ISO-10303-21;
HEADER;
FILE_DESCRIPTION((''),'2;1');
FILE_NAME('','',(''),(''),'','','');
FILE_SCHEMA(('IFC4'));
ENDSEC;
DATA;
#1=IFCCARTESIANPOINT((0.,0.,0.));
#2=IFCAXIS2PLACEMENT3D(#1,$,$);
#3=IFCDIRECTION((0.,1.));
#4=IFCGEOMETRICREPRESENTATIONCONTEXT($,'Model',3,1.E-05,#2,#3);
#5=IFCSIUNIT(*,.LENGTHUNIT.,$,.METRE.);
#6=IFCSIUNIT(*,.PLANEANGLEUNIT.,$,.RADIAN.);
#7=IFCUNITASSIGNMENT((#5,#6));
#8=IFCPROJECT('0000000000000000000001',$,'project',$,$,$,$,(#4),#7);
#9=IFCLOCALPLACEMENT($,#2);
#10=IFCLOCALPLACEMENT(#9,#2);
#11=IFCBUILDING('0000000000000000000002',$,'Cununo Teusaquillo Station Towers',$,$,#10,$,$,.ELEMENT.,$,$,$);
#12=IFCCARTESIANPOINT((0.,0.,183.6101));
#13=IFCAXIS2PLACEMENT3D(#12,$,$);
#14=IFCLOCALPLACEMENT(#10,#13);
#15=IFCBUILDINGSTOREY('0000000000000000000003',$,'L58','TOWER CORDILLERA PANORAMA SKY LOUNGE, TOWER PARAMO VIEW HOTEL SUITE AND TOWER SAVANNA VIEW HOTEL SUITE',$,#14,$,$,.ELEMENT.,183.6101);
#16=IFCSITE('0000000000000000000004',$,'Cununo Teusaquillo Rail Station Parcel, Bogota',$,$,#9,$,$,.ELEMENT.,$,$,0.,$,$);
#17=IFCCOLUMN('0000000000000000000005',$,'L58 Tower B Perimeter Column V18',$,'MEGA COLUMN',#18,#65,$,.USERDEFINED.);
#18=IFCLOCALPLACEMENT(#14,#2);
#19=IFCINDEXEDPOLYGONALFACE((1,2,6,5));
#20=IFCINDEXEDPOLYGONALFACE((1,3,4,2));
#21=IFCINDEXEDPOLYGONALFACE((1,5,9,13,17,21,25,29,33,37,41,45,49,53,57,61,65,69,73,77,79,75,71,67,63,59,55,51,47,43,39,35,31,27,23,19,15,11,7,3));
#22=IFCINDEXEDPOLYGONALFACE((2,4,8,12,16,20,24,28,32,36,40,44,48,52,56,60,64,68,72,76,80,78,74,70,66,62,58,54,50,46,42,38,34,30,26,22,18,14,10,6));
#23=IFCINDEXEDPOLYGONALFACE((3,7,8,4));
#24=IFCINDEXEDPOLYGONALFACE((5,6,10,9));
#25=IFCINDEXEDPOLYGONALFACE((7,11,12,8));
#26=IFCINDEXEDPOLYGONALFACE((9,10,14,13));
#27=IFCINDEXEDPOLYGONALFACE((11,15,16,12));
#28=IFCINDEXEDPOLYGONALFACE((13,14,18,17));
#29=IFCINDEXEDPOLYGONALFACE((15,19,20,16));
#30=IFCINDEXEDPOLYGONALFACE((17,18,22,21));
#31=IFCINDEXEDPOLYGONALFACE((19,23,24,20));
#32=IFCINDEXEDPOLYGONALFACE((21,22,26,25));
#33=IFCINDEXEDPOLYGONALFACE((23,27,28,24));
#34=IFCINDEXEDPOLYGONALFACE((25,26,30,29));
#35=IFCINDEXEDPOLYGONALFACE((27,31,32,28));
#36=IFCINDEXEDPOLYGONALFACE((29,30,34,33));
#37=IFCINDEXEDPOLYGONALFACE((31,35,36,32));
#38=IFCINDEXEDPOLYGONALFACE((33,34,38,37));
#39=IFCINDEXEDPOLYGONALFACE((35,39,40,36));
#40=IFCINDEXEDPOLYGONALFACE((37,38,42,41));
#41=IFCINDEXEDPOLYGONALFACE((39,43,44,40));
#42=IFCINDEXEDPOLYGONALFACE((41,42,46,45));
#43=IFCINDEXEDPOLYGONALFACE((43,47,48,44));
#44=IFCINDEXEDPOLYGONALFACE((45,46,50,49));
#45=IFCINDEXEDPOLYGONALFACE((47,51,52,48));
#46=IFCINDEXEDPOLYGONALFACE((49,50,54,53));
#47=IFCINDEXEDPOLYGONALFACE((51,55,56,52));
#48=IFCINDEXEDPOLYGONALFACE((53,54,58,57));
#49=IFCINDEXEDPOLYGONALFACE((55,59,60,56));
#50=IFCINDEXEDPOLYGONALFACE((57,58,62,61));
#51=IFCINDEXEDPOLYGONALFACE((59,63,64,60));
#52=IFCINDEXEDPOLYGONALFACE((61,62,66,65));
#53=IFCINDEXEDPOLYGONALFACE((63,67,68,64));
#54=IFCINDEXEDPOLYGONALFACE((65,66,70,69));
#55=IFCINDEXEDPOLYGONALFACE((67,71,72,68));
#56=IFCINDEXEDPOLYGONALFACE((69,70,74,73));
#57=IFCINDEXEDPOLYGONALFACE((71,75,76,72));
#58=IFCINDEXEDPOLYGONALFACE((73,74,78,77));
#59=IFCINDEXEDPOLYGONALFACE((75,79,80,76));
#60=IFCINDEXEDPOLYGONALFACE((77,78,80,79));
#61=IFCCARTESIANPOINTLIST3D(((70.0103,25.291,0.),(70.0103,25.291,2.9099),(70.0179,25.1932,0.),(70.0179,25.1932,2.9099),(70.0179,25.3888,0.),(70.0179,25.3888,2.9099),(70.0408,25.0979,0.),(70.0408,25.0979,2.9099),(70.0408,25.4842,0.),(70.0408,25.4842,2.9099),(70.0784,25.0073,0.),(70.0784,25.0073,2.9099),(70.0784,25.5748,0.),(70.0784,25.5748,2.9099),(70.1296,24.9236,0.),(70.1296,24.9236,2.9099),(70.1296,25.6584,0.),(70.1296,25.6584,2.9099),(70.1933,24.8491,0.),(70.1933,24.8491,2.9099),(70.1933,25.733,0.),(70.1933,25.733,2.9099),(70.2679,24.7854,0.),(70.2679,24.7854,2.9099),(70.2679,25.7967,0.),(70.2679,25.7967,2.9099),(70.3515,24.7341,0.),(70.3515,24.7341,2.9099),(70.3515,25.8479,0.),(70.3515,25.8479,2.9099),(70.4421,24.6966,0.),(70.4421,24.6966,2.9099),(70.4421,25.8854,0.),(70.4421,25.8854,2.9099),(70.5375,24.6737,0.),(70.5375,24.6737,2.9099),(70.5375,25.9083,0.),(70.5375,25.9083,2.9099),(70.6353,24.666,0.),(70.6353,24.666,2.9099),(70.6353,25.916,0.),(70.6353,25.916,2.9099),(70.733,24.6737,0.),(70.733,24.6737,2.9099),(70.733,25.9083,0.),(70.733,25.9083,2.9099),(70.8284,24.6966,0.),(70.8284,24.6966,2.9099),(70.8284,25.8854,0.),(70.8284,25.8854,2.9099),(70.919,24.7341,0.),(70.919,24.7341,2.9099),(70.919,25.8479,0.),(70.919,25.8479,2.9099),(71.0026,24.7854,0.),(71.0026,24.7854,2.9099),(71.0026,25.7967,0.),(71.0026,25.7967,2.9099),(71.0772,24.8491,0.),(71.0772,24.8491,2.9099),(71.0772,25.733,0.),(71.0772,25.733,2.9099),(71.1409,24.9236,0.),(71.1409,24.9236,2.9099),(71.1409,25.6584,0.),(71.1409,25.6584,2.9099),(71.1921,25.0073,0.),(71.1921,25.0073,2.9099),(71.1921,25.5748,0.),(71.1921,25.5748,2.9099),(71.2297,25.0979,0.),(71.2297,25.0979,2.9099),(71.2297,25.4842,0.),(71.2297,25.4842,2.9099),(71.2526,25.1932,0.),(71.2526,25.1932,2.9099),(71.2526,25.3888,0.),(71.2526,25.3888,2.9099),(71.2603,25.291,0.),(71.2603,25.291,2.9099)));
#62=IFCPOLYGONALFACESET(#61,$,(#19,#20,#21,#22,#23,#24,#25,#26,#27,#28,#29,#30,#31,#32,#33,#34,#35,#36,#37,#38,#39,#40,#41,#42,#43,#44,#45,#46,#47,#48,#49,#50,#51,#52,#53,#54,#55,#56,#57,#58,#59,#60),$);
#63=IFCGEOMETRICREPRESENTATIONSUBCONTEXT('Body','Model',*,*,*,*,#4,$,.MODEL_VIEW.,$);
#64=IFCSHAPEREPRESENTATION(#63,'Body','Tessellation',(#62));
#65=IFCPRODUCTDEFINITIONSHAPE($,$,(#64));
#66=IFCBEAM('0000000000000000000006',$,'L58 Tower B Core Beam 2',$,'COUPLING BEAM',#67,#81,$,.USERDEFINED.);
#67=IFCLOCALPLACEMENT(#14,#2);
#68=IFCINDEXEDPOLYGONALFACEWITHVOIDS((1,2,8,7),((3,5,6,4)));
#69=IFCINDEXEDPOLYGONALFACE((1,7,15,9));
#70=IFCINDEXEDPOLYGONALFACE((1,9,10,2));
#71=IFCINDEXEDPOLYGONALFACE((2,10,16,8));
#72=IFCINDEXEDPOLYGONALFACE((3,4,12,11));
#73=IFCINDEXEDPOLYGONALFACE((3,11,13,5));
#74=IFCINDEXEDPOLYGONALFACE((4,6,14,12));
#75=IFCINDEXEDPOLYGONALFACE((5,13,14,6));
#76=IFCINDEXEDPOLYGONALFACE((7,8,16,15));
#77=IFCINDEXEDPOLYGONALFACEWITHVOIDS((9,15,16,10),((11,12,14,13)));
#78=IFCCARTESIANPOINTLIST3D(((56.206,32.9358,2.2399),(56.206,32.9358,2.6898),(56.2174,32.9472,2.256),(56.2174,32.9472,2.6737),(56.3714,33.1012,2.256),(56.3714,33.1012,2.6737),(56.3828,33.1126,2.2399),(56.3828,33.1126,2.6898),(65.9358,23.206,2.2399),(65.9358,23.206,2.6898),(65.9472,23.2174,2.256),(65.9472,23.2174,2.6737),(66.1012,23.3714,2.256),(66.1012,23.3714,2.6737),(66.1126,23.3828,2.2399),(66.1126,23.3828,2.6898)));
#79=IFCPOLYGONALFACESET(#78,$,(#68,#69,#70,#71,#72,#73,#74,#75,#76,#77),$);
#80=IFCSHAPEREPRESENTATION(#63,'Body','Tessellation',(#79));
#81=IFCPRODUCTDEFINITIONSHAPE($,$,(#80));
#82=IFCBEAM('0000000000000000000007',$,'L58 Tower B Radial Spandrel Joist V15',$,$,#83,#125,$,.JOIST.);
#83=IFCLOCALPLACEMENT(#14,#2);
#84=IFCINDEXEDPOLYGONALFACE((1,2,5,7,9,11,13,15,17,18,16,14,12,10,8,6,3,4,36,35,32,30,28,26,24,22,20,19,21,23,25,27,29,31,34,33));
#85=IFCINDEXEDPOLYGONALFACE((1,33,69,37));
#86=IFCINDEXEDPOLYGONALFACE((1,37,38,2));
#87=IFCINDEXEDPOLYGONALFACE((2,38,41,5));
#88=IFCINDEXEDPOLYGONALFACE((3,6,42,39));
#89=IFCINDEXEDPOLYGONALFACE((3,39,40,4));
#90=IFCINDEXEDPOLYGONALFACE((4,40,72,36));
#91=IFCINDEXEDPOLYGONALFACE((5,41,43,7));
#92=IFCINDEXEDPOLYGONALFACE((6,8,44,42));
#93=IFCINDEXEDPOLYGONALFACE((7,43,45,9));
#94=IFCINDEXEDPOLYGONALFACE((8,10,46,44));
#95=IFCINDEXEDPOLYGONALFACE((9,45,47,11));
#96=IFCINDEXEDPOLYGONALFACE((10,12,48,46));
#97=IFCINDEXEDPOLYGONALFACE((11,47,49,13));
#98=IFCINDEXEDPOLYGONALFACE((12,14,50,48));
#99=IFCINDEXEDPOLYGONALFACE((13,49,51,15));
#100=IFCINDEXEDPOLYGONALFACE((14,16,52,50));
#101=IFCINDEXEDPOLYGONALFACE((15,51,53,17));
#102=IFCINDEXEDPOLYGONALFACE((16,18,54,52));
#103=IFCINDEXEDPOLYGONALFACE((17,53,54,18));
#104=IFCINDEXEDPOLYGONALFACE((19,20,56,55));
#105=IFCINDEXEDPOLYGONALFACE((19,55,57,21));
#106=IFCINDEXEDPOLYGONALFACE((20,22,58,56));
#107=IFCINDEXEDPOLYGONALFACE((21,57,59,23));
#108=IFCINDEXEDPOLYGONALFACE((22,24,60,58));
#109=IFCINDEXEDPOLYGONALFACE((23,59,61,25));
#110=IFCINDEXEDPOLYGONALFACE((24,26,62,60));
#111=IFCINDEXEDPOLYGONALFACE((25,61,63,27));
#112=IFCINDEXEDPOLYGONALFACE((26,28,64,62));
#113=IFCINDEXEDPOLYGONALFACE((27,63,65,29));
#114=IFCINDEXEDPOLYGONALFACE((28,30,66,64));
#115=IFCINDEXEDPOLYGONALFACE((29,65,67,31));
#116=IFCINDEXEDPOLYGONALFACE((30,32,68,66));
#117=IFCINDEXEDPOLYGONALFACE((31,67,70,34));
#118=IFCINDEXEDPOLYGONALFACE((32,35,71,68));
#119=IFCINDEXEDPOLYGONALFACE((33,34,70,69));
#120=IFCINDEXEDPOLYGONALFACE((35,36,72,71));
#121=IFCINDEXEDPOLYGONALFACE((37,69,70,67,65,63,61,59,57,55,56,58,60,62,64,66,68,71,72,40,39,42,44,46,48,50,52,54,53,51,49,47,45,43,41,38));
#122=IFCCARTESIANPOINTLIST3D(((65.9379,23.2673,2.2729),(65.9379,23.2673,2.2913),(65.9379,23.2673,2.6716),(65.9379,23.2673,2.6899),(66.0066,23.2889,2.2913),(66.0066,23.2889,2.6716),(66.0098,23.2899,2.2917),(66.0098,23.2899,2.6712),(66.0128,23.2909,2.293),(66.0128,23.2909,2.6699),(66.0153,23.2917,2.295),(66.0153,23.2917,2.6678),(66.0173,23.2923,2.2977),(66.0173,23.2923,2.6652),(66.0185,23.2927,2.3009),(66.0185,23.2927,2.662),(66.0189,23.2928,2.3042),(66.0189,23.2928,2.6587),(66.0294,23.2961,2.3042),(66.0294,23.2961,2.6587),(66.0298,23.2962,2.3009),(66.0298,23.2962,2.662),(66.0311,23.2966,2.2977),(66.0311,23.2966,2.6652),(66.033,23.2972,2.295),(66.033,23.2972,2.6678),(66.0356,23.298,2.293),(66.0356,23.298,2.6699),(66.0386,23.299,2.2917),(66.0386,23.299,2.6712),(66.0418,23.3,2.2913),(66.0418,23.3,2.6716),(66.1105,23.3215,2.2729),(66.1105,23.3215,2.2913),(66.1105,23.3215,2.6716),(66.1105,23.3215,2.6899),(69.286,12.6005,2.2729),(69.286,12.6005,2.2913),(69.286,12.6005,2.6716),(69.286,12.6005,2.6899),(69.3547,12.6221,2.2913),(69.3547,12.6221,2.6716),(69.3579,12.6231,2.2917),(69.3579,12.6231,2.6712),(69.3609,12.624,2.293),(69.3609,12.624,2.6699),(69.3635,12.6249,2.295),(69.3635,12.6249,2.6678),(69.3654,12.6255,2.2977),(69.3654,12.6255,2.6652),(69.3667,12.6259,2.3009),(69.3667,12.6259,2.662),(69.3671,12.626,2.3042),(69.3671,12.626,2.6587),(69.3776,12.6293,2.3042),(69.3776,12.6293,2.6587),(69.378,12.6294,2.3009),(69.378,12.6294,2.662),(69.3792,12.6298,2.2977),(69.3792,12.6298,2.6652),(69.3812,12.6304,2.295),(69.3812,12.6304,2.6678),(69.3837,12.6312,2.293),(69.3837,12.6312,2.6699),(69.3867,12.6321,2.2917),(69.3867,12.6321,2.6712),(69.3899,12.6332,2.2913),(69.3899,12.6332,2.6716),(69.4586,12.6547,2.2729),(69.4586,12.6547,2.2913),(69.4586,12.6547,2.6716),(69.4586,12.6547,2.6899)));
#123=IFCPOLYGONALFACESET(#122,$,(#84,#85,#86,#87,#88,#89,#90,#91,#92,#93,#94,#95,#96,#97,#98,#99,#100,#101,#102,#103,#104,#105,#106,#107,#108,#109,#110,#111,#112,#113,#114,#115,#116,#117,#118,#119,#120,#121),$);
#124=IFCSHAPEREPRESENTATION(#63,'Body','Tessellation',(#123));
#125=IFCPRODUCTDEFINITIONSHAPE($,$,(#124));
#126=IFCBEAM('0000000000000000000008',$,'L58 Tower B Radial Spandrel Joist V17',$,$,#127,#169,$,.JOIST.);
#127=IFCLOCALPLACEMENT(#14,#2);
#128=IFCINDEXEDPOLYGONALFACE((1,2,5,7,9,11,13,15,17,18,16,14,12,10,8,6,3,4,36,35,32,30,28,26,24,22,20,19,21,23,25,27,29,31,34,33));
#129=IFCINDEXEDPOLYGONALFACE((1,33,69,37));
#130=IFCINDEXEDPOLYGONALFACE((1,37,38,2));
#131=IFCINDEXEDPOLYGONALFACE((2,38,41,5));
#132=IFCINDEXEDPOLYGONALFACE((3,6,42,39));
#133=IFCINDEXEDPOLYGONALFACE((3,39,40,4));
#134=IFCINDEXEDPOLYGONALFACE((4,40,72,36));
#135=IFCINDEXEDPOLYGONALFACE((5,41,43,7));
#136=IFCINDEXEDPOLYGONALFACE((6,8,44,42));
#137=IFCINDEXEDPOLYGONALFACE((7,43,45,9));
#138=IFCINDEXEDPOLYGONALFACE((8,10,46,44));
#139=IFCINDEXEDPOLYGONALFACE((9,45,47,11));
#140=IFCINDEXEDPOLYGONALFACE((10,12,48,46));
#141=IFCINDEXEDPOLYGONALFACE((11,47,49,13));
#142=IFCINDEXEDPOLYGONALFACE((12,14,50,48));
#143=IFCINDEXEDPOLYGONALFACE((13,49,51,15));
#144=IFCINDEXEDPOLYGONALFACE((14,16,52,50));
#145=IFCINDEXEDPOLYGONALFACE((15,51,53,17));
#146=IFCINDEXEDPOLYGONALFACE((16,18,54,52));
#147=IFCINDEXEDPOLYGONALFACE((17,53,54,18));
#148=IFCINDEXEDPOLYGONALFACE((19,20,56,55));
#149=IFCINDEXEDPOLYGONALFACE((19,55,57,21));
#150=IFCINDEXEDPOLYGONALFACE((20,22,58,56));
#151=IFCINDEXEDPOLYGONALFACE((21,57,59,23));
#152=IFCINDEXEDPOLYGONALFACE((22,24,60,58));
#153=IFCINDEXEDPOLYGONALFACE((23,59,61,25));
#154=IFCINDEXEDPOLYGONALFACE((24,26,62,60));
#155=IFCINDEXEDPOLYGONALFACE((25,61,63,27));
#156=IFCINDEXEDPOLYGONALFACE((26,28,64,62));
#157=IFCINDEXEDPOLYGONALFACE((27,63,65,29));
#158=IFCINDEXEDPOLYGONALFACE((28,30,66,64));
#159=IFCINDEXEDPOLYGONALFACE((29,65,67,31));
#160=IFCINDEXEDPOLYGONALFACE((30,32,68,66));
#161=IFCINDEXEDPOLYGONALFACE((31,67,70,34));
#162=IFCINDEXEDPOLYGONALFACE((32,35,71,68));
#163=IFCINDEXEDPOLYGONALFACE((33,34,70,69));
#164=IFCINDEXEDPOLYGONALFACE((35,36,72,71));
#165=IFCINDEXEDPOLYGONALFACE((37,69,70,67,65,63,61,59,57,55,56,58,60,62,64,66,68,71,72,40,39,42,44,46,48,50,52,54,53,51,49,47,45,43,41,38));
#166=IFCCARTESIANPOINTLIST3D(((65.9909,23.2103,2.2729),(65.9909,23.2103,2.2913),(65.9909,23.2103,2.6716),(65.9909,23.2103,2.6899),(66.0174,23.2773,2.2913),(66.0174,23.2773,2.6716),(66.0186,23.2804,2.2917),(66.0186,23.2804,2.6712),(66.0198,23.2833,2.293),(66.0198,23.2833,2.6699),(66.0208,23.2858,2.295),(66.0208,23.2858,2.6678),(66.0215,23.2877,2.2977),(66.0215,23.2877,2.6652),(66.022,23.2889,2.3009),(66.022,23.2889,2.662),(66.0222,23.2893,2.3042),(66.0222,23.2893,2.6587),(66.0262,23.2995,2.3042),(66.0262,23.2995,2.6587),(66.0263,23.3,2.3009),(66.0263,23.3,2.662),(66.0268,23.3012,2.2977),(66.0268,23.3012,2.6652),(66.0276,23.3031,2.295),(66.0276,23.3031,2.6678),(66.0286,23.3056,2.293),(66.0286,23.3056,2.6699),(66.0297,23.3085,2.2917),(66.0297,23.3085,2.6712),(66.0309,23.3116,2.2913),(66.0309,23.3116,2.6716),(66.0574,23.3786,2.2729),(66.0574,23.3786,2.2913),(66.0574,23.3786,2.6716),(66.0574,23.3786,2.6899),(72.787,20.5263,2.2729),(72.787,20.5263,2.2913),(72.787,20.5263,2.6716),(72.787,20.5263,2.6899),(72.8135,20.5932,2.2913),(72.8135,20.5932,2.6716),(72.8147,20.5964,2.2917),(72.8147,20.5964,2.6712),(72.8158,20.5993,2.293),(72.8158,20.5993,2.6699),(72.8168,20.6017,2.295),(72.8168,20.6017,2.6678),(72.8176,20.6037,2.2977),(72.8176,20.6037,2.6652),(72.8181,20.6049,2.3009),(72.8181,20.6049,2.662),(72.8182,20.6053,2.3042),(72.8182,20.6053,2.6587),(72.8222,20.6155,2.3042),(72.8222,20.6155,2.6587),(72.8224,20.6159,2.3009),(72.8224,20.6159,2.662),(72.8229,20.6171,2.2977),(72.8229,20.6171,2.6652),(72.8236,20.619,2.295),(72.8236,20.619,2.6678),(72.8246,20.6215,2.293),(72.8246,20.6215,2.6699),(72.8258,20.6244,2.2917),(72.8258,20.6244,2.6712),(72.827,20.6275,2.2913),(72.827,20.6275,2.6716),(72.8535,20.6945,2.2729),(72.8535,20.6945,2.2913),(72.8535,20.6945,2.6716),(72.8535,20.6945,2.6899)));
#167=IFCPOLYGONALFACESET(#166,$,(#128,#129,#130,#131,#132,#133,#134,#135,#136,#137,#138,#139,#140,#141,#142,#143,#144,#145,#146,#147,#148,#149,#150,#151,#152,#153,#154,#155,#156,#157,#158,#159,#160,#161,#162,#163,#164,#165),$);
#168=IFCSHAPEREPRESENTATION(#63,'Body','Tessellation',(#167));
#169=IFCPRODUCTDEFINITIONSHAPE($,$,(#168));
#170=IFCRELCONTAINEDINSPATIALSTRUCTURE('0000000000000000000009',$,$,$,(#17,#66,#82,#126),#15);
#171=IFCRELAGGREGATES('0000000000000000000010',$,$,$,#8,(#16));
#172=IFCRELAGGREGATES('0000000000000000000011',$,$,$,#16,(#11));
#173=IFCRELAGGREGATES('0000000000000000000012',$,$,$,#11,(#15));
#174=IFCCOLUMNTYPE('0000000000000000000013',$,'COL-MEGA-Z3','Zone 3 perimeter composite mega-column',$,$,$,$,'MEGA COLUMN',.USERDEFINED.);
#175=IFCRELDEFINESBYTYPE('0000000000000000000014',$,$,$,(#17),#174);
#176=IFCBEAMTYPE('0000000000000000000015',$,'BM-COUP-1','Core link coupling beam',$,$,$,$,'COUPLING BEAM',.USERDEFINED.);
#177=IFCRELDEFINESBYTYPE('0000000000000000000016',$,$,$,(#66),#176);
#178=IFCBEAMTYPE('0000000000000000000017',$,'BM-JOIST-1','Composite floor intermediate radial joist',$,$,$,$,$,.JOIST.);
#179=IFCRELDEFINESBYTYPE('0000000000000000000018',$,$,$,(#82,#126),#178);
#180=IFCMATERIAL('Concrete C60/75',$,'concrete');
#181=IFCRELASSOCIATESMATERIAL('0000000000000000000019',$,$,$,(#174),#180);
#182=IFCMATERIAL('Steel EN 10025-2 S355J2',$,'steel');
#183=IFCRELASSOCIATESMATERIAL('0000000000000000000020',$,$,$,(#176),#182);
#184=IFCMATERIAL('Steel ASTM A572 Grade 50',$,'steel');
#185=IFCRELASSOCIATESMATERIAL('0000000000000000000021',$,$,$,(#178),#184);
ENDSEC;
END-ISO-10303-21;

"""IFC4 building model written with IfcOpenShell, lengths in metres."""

from ifc_helpers import new_model, si_unit, direction, frame, origin, origin_2d, place, context, subcontext, project, spatial, hollow_rectangle, circle, i_section, extrude, material, material_profile, profile_set, type_object, element, save


model = new_model("IFC4")

# Units and contexts
model_context = context("Model", 3, precision=1e-05, world=origin(), true_north=direction((0.0, 1.0)))
body_context = subcontext(model_context, "Body", "Model", "MODEL_VIEW")
ifc_project = project(units=[si_unit("LENGTHUNIT", "METRE"), si_unit("PLANEANGLEUNIT", "RADIAN")], contexts=[model_context])

# Site, building, storey
site_placement = place(None, origin())
site = spatial("IfcSite", under=ifc_project, at=site_placement, Name="Cununo Teusaquillo Rail Station Parcel, Bogota", CompositionType="ELEMENT", RefElevation=0.0)
building_placement = place(site_placement, origin())
building = spatial("IfcBuilding", under=site, at=building_placement, Name="Cununo Teusaquillo Station Towers", CompositionType="ELEMENT")
storey_placement = place(building_placement, frame((0.0, 0.0, 183.6101)))
storey = spatial("IfcBuildingStorey", under=building, at=storey_placement, Name="L58", Description="TOWER CORDILLERA PANORAMA SKY LOUNGE, TOWER PARAMO VIEW HOTEL SUITE AND TOWER SAVANNA VIEW HOTEL SUITE", CompositionType="ELEMENT", Elevation=183.6101)

# Column
ifc_material_1 = material(Name="Concrete C60/75", Category="concrete")
ifc_material_profile_1 = material_profile(ifc_material_1, circle(Radius=0.625, at=origin_2d()), Name="RC-CIRC-1250")
ifc_profile_set_1 = profile_set([ifc_material_profile_1], Name="Concrete C60/75")
column_type = type_object("IfcColumnType", Name="COL-MEGA-Z3", Description="Zone 3 perimeter composite mega-column", ElementType="MEGA COLUMN", PredefinedType="USERDEFINED", material=ifc_profile_set_1)
column_placement = place(storey_placement, frame((70.6353, 25.291, 0.0), z_axis=(0.0, 0.0, 1.0), x_axis=(1.0, 0.0, 0.0)))
element("IfcColumn", 1, at=column_placement, inside=storey, type_object=column_type, Name="L58 Tower B Perimeter Column V18", ObjectType="MEGA COLUMN", PredefinedType="USERDEFINED", context=body_context, shape_type="SweptSolid", body=[
    extrude(circle(Radius=0.625, at=origin_2d()), origin(), (0.0, 0.0, 1.0), 2.9099),
])

# Beams
ifc_material_2 = material(Name="Steel EN 10025-2 S355J2", Category="steel")
ifc_material_profile_2 = material_profile(ifc_material_2, hollow_rectangle(XDim=0.25, YDim=0.45, WallThickness=0.0161, at=origin_2d()), Name="RHS 450x250x16")
ifc_profile_set_2 = profile_set([ifc_material_profile_2], Name="Steel EN 10025-2 S355J2")
beam_type_1 = type_object("IfcBeamType", Name="BM-COUP-1", Description="Core link coupling beam", ElementType="COUPLING BEAM", PredefinedType="USERDEFINED", material=ifc_profile_set_2)
beam_1_placement = place(storey_placement, frame((66.0242, 23.2944, 2.4648), z_axis=(-0.707107, 0.707107, 0.0), x_axis=(-0.707107, -0.707107, 0.0)))
element("IfcBeam", 2, at=beam_1_placement, inside=storey, type_object=beam_type_1, Name="L58 Tower B Core Beam 2", ObjectType="COUPLING BEAM", PredefinedType="USERDEFINED", context=body_context, shape_type="SweptSolid", body=[
    extrude(hollow_rectangle(XDim=0.25, YDim=0.45, WallThickness=0.0161, at=origin_2d()), origin(), (0.0, 0.0, 1.0), 13.76),
])
ifc_material_3 = material(Name="Steel ASTM A572 Grade 50", Category="steel")
ifc_material_profile_3 = material_profile(ifc_material_3, i_section(OverallWidth=0.1809, OverallDepth=0.417, WebThickness=0.011, FlangeThickness=0.0183, FilletRadius=0.0129, at=origin_2d()), Name="W16X57")
ifc_profile_set_3 = profile_set([ifc_material_profile_3], Name="Steel ASTM A572 Grade 50")
beam_type_2 = type_object("IfcBeamType", Name="BM-JOIST-1", Description="Composite floor intermediate radial joist", PredefinedType="JOIST", material=ifc_profile_set_3)
beam_2_placement = place(storey_placement, frame((66.0242, 23.2944, 2.4814), z_axis=(0.29948, -0.954103, 0.0), x_axis=(0.954103, 0.29948, 0.0)))
element("IfcBeam", 3, at=beam_2_placement, inside=storey, type_object=beam_type_2, Name="L58 Tower B Radial Spandrel Joist V15", PredefinedType="JOIST", context=body_context, shape_type="SweptSolid", body=[
    extrude(i_section(OverallWidth=0.1809, OverallDepth=0.417, WebThickness=0.011, FlangeThickness=0.0183, FilletRadius=0.0129, at=origin_2d()), origin(), (0.0, 0.0, 1.0), 11.1799),
])
beam_3_placement = place(storey_placement, frame((66.0242, 23.2944, 2.4814), z_axis=(0.93009, -0.367332, 0.0), x_axis=(0.367332, 0.93009, 0.0)))
element("IfcBeam", 4, at=beam_3_placement, inside=storey, type_object=beam_type_2, Name="L58 Tower B Radial Spandrel Joist V17", PredefinedType="JOIST", context=body_context, shape_type="SweptSolid", body=[
    extrude(i_section(OverallWidth=0.1809, OverallDepth=0.417, WebThickness=0.011, FlangeThickness=0.0183, FilletRadius=0.0129, at=origin_2d()), origin(), (0.0, 0.0, 1.0), 7.3069),
])

save(model, "model.ifc")
